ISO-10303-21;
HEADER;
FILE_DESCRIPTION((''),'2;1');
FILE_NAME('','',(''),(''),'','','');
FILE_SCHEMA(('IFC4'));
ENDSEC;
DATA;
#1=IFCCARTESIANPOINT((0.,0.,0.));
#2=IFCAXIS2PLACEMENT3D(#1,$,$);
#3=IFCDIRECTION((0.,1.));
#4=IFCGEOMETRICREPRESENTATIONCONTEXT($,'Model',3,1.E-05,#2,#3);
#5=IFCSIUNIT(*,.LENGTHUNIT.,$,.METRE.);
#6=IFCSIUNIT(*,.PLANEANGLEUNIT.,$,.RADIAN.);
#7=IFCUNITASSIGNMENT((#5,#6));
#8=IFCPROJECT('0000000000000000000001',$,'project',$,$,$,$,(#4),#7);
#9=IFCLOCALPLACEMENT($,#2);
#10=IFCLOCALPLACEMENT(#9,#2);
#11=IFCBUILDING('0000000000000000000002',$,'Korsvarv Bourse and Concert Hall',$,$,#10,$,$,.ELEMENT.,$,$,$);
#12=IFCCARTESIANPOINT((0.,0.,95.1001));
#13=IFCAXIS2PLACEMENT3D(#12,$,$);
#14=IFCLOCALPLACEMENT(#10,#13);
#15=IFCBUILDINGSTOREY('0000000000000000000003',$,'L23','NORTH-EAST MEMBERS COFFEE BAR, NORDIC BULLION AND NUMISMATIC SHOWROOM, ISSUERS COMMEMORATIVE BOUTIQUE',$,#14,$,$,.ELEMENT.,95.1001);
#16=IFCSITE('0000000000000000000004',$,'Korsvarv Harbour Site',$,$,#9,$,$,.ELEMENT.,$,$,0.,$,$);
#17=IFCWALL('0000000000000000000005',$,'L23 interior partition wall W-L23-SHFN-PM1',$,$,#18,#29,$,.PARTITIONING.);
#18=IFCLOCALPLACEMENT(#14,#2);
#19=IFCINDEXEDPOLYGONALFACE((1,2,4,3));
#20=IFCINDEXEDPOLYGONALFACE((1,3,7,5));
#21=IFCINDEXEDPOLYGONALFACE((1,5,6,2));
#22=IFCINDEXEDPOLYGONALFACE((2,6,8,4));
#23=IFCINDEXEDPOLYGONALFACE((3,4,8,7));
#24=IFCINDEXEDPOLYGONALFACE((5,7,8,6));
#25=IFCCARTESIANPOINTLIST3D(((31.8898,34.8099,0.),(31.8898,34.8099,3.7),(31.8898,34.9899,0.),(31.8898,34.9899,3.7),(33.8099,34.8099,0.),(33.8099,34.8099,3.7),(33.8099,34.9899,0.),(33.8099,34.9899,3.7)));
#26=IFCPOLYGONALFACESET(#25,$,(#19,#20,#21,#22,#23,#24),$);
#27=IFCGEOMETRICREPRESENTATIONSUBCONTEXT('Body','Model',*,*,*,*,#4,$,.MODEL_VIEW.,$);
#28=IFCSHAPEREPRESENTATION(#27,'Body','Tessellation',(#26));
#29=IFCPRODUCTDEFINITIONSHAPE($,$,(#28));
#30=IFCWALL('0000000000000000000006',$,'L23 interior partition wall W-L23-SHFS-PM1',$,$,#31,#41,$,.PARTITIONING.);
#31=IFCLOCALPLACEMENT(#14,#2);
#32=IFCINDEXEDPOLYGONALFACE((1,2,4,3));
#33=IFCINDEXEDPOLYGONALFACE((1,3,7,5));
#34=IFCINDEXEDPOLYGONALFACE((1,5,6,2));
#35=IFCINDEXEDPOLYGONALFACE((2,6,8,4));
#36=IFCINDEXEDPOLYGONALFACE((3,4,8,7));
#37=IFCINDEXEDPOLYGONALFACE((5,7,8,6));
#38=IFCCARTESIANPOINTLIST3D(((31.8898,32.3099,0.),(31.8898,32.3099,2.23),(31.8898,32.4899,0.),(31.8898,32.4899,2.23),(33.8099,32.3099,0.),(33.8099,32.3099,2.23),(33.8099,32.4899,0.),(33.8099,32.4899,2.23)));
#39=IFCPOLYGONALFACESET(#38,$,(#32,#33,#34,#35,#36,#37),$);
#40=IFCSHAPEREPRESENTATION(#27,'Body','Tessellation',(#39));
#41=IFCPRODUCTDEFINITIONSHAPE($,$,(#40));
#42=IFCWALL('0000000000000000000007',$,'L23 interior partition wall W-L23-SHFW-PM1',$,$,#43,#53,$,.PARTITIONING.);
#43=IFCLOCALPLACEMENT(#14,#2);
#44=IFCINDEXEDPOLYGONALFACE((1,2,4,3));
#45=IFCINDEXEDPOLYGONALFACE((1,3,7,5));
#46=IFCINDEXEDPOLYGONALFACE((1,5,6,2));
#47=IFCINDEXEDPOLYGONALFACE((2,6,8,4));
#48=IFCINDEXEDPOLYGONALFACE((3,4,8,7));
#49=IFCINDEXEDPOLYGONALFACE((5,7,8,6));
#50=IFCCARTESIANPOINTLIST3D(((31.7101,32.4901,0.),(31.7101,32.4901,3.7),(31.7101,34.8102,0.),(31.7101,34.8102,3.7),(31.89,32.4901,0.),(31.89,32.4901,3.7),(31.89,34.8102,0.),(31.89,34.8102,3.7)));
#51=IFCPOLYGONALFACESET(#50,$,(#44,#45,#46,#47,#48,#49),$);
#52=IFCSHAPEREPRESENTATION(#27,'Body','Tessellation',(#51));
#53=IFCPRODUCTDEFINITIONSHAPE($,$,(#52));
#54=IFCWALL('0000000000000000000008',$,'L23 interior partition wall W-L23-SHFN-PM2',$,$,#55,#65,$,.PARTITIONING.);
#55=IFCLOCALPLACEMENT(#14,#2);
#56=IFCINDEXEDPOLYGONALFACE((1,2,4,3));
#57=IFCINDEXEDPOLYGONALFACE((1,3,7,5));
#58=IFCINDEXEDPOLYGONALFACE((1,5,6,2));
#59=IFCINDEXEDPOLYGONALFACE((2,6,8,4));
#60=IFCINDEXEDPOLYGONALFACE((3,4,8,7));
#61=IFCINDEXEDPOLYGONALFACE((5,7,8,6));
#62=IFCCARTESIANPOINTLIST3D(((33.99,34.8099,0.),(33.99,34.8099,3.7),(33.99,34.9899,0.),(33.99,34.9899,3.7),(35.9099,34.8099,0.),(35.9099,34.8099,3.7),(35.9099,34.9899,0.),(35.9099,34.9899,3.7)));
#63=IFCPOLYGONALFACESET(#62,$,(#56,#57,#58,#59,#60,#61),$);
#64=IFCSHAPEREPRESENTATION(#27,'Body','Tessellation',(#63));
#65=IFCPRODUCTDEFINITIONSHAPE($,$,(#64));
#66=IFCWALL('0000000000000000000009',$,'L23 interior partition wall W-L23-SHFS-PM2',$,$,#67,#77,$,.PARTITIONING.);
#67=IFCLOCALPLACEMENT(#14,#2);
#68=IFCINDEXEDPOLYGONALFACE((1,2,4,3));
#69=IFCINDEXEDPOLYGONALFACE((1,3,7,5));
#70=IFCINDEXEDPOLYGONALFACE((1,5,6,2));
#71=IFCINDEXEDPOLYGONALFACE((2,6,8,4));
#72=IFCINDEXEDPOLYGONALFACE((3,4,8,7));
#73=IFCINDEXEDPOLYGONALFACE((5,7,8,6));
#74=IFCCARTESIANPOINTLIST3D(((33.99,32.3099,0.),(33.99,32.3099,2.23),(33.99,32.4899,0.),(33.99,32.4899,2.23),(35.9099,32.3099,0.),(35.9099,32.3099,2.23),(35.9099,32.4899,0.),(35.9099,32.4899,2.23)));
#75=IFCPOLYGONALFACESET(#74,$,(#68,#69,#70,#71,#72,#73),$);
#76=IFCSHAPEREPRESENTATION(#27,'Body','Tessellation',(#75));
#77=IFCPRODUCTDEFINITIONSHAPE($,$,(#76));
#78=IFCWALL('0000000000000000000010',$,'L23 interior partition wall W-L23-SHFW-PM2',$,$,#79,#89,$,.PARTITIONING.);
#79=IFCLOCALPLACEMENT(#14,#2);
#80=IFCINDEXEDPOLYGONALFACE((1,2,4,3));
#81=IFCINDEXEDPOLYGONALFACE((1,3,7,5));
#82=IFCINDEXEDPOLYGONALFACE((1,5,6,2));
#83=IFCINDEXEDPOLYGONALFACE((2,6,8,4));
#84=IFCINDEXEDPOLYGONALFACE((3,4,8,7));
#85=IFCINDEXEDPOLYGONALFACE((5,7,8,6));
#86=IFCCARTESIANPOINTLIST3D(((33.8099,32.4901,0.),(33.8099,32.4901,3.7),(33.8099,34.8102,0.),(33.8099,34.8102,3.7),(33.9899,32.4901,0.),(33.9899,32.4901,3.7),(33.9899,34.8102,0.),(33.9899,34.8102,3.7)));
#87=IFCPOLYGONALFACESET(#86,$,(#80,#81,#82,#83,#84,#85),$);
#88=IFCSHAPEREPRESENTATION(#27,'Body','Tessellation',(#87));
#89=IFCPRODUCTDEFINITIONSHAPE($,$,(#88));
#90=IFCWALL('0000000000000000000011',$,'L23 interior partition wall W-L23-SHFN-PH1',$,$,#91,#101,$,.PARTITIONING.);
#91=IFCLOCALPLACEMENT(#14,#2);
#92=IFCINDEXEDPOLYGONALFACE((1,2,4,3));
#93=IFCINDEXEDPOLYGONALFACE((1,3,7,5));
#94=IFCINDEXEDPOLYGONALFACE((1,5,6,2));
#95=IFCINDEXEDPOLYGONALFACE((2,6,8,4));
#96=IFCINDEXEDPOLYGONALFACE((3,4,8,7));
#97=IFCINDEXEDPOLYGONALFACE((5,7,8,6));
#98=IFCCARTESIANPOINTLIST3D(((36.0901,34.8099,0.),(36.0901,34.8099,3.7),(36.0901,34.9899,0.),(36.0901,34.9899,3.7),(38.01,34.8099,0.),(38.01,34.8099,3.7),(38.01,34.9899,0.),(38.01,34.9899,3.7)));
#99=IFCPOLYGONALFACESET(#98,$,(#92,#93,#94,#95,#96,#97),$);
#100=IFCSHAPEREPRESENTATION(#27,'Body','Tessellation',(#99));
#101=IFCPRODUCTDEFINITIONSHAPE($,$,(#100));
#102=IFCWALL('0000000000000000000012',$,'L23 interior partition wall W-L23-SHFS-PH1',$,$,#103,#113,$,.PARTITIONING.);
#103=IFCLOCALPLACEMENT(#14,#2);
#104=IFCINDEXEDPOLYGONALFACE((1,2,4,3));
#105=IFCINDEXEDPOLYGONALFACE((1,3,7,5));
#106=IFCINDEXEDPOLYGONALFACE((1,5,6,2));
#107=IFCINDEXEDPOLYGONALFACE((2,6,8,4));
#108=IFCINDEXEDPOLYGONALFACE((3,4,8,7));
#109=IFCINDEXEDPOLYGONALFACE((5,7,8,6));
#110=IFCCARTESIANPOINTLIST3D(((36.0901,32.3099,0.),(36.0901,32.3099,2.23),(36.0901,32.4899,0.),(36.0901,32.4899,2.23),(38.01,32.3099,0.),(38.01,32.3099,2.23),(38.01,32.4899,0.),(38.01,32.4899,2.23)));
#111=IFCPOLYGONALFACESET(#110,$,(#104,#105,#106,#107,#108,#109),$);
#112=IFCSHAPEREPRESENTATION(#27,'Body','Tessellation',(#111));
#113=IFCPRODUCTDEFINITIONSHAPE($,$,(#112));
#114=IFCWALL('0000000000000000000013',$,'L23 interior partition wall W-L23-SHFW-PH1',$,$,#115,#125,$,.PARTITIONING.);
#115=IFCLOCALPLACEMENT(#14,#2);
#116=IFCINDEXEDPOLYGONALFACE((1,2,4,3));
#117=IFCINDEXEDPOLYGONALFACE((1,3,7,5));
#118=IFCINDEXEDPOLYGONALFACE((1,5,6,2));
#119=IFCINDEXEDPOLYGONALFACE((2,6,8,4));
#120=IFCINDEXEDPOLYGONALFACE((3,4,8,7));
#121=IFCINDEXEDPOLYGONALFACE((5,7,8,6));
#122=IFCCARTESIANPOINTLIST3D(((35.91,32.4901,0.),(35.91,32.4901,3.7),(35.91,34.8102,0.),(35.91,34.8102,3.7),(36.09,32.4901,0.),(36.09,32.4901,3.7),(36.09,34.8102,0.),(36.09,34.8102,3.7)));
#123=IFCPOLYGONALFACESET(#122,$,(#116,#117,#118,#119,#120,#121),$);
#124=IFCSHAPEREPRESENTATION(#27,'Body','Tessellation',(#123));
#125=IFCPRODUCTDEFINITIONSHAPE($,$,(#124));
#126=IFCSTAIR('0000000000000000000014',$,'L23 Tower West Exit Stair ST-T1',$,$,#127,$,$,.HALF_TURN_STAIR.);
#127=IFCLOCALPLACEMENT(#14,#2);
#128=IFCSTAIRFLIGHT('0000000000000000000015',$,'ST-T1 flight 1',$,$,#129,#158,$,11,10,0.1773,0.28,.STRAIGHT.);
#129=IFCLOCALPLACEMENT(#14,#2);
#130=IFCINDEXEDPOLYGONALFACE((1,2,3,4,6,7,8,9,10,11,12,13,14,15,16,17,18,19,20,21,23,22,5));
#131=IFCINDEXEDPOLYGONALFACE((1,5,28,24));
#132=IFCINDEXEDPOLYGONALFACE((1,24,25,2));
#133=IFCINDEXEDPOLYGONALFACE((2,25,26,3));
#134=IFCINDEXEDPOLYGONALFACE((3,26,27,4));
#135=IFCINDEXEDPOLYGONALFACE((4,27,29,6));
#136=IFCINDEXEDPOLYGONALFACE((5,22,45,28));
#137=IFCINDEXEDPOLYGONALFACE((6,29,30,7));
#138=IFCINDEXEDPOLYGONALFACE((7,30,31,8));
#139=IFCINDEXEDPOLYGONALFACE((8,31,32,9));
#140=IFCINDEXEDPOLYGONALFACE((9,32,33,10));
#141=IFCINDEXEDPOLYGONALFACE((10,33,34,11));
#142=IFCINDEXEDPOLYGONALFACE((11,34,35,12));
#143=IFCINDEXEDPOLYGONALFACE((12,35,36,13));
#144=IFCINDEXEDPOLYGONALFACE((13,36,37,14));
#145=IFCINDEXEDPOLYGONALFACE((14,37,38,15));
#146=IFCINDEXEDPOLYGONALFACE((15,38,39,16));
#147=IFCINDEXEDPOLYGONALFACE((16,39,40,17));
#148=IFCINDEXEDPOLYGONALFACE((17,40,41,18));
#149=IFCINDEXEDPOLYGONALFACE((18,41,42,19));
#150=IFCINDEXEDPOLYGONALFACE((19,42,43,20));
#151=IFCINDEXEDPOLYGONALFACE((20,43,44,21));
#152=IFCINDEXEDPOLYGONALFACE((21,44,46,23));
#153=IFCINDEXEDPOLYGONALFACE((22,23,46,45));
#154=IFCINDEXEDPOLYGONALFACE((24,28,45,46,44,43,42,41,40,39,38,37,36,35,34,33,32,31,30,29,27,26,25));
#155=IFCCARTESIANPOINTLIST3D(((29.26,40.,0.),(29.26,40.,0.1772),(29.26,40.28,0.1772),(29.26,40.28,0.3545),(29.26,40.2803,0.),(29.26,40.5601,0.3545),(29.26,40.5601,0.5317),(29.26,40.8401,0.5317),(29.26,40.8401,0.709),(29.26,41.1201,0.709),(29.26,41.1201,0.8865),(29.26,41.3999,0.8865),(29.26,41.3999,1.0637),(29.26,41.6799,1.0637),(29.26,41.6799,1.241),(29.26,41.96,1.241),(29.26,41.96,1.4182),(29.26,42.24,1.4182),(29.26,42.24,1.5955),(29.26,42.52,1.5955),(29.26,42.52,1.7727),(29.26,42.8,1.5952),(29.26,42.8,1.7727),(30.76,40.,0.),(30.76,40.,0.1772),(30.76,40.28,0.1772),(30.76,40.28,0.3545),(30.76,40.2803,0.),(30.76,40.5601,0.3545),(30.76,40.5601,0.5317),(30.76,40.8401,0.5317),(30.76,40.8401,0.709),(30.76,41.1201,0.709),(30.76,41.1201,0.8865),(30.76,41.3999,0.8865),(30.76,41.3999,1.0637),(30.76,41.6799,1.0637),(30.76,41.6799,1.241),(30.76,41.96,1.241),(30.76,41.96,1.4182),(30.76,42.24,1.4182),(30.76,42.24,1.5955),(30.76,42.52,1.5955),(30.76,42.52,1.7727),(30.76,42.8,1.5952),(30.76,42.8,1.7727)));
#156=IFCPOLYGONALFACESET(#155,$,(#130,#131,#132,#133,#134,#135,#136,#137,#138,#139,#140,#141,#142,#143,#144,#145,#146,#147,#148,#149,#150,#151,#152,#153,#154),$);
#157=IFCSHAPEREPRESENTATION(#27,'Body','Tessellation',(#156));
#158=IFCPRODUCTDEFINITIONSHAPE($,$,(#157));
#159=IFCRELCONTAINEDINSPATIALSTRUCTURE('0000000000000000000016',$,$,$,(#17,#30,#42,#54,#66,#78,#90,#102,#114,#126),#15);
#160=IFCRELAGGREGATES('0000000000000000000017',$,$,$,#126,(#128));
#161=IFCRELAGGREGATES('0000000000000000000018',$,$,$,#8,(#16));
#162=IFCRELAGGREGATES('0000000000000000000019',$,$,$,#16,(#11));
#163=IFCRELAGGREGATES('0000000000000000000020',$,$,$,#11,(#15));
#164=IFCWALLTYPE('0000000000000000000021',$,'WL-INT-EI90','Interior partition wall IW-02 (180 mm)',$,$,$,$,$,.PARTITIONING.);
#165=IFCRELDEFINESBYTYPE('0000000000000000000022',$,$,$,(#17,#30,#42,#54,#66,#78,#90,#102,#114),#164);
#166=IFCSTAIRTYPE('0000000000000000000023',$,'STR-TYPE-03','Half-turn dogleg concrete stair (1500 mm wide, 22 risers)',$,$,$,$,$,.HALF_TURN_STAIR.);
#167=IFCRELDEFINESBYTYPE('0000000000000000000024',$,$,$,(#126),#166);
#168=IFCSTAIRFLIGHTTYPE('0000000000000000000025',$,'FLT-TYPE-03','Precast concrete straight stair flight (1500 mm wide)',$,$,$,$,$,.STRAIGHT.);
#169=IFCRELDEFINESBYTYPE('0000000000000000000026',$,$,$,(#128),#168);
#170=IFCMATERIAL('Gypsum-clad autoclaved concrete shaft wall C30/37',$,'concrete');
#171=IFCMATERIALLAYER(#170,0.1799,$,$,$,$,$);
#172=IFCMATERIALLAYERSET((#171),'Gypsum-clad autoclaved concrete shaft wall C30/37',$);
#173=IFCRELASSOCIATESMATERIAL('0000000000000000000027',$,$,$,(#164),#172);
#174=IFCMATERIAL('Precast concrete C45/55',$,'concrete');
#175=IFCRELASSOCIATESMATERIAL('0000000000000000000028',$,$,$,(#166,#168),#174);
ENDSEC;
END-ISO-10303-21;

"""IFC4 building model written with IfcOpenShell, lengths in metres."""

from ifc_helpers import new_model, si_unit, direction, frame, frame_2d, origin, place, context, subcontext, project, spatial, polyline, rectangle, outline, extrude, material, layer, layer_set, type_object, element, aggregate, save


model = new_model("IFC4")

# Units and contexts
model_context = context("Model", 3, precision=1e-05, world=origin(), true_north=direction((0.0, 1.0)))
body_context = subcontext(model_context, "Body", "Model", "MODEL_VIEW")
ifc_project = project(units=[si_unit("LENGTHUNIT", "METRE"), si_unit("PLANEANGLEUNIT", "RADIAN")], contexts=[model_context])

# Site, building, storey
site_placement = place(None, origin())
site = spatial("IfcSite", under=ifc_project, at=site_placement, Name="Korsvarv Harbour Site", CompositionType="ELEMENT", RefElevation=0.0)
building_placement = place(site_placement, origin())
building = spatial("IfcBuilding", under=site, at=building_placement, Name="Korsvarv Bourse and Concert Hall", CompositionType="ELEMENT")
storey_placement = place(building_placement, frame((0.0, 0.0, 95.1001)))
storey = spatial("IfcBuildingStorey", under=building, at=storey_placement, Name="L23", Description="NORTH-EAST MEMBERS COFFEE BAR, NORDIC BULLION AND NUMISMATIC SHOWROOM, ISSUERS COMMEMORATIVE BOUTIQUE", CompositionType="ELEMENT", Elevation=95.1001)

# Shared definitions
ifc_material_1 = material(Name="Gypsum-clad autoclaved concrete shaft wall C30/37", Category="concrete")
ifc_layer_1 = layer(ifc_material_1, 0.1799)
ifc_layer_set_1 = layer_set([ifc_layer_1], Name="Gypsum-clad autoclaved concrete shaft wall C30/37")
wall_type_1 = type_object("IfcWallType", Name="WL-INT-EI90", Description="Interior partition wall IW-02 (180 mm)", PredefinedType="PARTITIONING", material=ifc_layer_set_1)

# Walls
wall_1_placement = place(storey_placement, frame((31.8899, 34.8999, 0.0), z_axis=(0.0, 0.0, 1.0), x_axis=(1.0, 0.0, 0.0)))
element("IfcWall", 1, at=wall_1_placement, inside=storey, type_object=wall_type_1, Name="L23 interior partition wall W-L23-SHFN-PM1", PredefinedType="PARTITIONING", context=body_context, shape_type="SweptSolid", body=[
    extrude(rectangle(XDim=1.9202, YDim=0.1799, at=frame_2d((0.96, 0.0))), origin(), (0.0, 0.0, 1.0), 3.7),
])
wall_2_placement = place(storey_placement, frame((31.8899, 32.3999, 0.0), z_axis=(0.0, 0.0, 1.0), x_axis=(1.0, 0.0, 0.0)))
element("IfcWall", 2, at=wall_2_placement, inside=storey, type_object=wall_type_1, Name="L23 interior partition wall W-L23-SHFS-PM1", PredefinedType="PARTITIONING", context=body_context, shape_type="SweptSolid", body=[
    extrude(rectangle(XDim=1.9202, YDim=0.1799, at=frame_2d((0.96, 0.0))), origin(), (0.0, 0.0, 1.0), 2.23),
])
wall_3_placement = place(storey_placement, frame((31.8, 32.49, 0.0), z_axis=(0.0, 0.0, 1.0), x_axis=(0.0, 1.0, 0.0)))
element("IfcWall", 3, at=wall_3_placement, inside=storey, type_object=wall_type_1, Name="L23 interior partition wall W-L23-SHFW-PM1", PredefinedType="PARTITIONING", context=body_context, shape_type="SweptSolid", body=[
    extrude(rectangle(XDim=2.3201, YDim=0.1799, at=frame_2d((1.1602, 0.0))), origin(), (0.0, 0.0, 1.0), 3.7),
])
wall_4_placement = place(storey_placement, frame((33.99, 34.8999, 0.0), z_axis=(0.0, 0.0, 1.0), x_axis=(1.0, 0.0, 0.0)))
element("IfcWall", 4, at=wall_4_placement, inside=storey, type_object=wall_type_1, Name="L23 interior partition wall W-L23-SHFN-PM2", PredefinedType="PARTITIONING", context=body_context, shape_type="SweptSolid", body=[
    extrude(rectangle(XDim=1.9199, YDim=0.1799, at=frame_2d((0.96, 0.0))), origin(), (0.0, 0.0, 1.0), 3.7),
])
wall_5_placement = place(storey_placement, frame((33.99, 32.3999, 0.0), z_axis=(0.0, 0.0, 1.0), x_axis=(1.0, 0.0, 0.0)))
element("IfcWall", 5, at=wall_5_placement, inside=storey, type_object=wall_type_1, Name="L23 interior partition wall W-L23-SHFS-PM2", PredefinedType="PARTITIONING", context=body_context, shape_type="SweptSolid", body=[
    extrude(rectangle(XDim=1.9199, YDim=0.1799, at=frame_2d((0.96, 0.0))), origin(), (0.0, 0.0, 1.0), 2.23),
])
wall_6_placement = place(storey_placement, frame((33.8999, 32.49, 0.0), z_axis=(0.0, 0.0, 1.0), x_axis=(0.0, 1.0, 0.0)))
element("IfcWall", 6, at=wall_6_placement, inside=storey, type_object=wall_type_1, Name="L23 interior partition wall W-L23-SHFW-PM2", PredefinedType="PARTITIONING", context=body_context, shape_type="SweptSolid", body=[
    extrude(rectangle(XDim=2.3201, YDim=0.1799, at=frame_2d((1.1602, 0.0))), origin(), (0.0, 0.0, 1.0), 3.7),
])
wall_7_placement = place(storey_placement, frame((36.0901, 34.8999, 0.0), z_axis=(0.0, 0.0, 1.0), x_axis=(1.0, 0.0, 0.0)))
element("IfcWall", 7, at=wall_7_placement, inside=storey, type_object=wall_type_1, Name="L23 interior partition wall W-L23-SHFN-PH1", PredefinedType="PARTITIONING", context=body_context, shape_type="SweptSolid", body=[
    extrude(rectangle(XDim=1.9199, YDim=0.1799, at=frame_2d((0.96, 0.0))), origin(), (0.0, 0.0, 1.0), 3.7),
])
wall_8_placement = place(storey_placement, frame((36.0901, 32.3999, 0.0), z_axis=(0.0, 0.0, 1.0), x_axis=(1.0, 0.0, 0.0)))
element("IfcWall", 8, at=wall_8_placement, inside=storey, type_object=wall_type_1, Name="L23 interior partition wall W-L23-SHFS-PH1", PredefinedType="PARTITIONING", context=body_context, shape_type="SweptSolid", body=[
    extrude(rectangle(XDim=1.9199, YDim=0.1799, at=frame_2d((0.96, 0.0))), origin(), (0.0, 0.0, 1.0), 2.23),
])
wall_9_placement = place(storey_placement, frame((36.0, 32.49, 0.0), z_axis=(0.0, 0.0, 1.0), x_axis=(0.0, 1.0, 0.0)))
element("IfcWall", 9, at=wall_9_placement, inside=storey, type_object=wall_type_1, Name="L23 interior partition wall W-L23-SHFW-PH1", PredefinedType="PARTITIONING", context=body_context, shape_type="SweptSolid", body=[
    extrude(rectangle(XDim=2.3201, YDim=0.1799, at=frame_2d((1.1602, 0.0))), origin(), (0.0, 0.0, 1.0), 3.7),
])

# Stair, stair flight
ifc_material_2 = material(Name="Precast concrete C45/55", Category="concrete")
stair_type = type_object("IfcStairType", Name="STR-TYPE-03", Description="Half-turn dogleg concrete stair (1500 mm wide, 22 risers)", PredefinedType="HALF_TURN_STAIR", material=ifc_material_2)
stair_placement = place(storey_placement, origin())
stair = element("IfcStair", 10, at=stair_placement, inside=storey, type_object=stair_type, Name="L23 Tower West Exit Stair ST-T1", PredefinedType="HALF_TURN_STAIR")
stair_flight_type = type_object("IfcStairFlightType", Name="FLT-TYPE-03", Description="Precast concrete straight stair flight (1500 mm wide)", PredefinedType="STRAIGHT", material=ifc_material_2)
stair_flight_placement = place(storey_placement, frame((30.01, 40.0, 0.0), z_axis=(0.0, 0.0, 1.0), x_axis=(0.0, 1.0, 0.0)))
stair_flight = element("IfcStairFlight", 11, at=stair_flight_placement, type_object=stair_flight_type, Name="ST-T1 flight 1", NumberOfRisers=11, NumberOfTreads=10, PredefinedType="STRAIGHT", RiserHeight=0.1773, TreadLength=0.28, context=body_context, shape_type="SweptSolid", body=[
    extrude(outline(polyline([(0.0, 0.0), (0.0, 0.1772), (0.28, 0.1772), (0.28, 0.3545), (0.5601, 0.3545), (0.5601, 0.5317), (0.8401, 0.5317), (0.8401, 0.709), (1.1201, 0.709), (1.1201, 0.8865), (1.3999, 0.8865), (1.3999, 1.0637), (1.6799, 1.0637), (1.6799, 1.241), (1.96, 1.241), (1.96, 1.4182), (2.24, 1.4182), (2.24, 1.5955), (2.52, 1.5955), (2.52, 1.7727), (2.8, 1.7727), (2.8, 1.95), (2.8, 1.5952), (0.2803, 0.0), (0.0, 0.0)])), frame((0.0, 0.75, 0.0), z_axis=(0.0, -1.0, 0.0), x_axis=(1.0, 0.0, 0.0)), (0.0, 0.0, 1.0), 1.5),
])
aggregate(stair, [stair_flight])

save(model, "model.ifc")
